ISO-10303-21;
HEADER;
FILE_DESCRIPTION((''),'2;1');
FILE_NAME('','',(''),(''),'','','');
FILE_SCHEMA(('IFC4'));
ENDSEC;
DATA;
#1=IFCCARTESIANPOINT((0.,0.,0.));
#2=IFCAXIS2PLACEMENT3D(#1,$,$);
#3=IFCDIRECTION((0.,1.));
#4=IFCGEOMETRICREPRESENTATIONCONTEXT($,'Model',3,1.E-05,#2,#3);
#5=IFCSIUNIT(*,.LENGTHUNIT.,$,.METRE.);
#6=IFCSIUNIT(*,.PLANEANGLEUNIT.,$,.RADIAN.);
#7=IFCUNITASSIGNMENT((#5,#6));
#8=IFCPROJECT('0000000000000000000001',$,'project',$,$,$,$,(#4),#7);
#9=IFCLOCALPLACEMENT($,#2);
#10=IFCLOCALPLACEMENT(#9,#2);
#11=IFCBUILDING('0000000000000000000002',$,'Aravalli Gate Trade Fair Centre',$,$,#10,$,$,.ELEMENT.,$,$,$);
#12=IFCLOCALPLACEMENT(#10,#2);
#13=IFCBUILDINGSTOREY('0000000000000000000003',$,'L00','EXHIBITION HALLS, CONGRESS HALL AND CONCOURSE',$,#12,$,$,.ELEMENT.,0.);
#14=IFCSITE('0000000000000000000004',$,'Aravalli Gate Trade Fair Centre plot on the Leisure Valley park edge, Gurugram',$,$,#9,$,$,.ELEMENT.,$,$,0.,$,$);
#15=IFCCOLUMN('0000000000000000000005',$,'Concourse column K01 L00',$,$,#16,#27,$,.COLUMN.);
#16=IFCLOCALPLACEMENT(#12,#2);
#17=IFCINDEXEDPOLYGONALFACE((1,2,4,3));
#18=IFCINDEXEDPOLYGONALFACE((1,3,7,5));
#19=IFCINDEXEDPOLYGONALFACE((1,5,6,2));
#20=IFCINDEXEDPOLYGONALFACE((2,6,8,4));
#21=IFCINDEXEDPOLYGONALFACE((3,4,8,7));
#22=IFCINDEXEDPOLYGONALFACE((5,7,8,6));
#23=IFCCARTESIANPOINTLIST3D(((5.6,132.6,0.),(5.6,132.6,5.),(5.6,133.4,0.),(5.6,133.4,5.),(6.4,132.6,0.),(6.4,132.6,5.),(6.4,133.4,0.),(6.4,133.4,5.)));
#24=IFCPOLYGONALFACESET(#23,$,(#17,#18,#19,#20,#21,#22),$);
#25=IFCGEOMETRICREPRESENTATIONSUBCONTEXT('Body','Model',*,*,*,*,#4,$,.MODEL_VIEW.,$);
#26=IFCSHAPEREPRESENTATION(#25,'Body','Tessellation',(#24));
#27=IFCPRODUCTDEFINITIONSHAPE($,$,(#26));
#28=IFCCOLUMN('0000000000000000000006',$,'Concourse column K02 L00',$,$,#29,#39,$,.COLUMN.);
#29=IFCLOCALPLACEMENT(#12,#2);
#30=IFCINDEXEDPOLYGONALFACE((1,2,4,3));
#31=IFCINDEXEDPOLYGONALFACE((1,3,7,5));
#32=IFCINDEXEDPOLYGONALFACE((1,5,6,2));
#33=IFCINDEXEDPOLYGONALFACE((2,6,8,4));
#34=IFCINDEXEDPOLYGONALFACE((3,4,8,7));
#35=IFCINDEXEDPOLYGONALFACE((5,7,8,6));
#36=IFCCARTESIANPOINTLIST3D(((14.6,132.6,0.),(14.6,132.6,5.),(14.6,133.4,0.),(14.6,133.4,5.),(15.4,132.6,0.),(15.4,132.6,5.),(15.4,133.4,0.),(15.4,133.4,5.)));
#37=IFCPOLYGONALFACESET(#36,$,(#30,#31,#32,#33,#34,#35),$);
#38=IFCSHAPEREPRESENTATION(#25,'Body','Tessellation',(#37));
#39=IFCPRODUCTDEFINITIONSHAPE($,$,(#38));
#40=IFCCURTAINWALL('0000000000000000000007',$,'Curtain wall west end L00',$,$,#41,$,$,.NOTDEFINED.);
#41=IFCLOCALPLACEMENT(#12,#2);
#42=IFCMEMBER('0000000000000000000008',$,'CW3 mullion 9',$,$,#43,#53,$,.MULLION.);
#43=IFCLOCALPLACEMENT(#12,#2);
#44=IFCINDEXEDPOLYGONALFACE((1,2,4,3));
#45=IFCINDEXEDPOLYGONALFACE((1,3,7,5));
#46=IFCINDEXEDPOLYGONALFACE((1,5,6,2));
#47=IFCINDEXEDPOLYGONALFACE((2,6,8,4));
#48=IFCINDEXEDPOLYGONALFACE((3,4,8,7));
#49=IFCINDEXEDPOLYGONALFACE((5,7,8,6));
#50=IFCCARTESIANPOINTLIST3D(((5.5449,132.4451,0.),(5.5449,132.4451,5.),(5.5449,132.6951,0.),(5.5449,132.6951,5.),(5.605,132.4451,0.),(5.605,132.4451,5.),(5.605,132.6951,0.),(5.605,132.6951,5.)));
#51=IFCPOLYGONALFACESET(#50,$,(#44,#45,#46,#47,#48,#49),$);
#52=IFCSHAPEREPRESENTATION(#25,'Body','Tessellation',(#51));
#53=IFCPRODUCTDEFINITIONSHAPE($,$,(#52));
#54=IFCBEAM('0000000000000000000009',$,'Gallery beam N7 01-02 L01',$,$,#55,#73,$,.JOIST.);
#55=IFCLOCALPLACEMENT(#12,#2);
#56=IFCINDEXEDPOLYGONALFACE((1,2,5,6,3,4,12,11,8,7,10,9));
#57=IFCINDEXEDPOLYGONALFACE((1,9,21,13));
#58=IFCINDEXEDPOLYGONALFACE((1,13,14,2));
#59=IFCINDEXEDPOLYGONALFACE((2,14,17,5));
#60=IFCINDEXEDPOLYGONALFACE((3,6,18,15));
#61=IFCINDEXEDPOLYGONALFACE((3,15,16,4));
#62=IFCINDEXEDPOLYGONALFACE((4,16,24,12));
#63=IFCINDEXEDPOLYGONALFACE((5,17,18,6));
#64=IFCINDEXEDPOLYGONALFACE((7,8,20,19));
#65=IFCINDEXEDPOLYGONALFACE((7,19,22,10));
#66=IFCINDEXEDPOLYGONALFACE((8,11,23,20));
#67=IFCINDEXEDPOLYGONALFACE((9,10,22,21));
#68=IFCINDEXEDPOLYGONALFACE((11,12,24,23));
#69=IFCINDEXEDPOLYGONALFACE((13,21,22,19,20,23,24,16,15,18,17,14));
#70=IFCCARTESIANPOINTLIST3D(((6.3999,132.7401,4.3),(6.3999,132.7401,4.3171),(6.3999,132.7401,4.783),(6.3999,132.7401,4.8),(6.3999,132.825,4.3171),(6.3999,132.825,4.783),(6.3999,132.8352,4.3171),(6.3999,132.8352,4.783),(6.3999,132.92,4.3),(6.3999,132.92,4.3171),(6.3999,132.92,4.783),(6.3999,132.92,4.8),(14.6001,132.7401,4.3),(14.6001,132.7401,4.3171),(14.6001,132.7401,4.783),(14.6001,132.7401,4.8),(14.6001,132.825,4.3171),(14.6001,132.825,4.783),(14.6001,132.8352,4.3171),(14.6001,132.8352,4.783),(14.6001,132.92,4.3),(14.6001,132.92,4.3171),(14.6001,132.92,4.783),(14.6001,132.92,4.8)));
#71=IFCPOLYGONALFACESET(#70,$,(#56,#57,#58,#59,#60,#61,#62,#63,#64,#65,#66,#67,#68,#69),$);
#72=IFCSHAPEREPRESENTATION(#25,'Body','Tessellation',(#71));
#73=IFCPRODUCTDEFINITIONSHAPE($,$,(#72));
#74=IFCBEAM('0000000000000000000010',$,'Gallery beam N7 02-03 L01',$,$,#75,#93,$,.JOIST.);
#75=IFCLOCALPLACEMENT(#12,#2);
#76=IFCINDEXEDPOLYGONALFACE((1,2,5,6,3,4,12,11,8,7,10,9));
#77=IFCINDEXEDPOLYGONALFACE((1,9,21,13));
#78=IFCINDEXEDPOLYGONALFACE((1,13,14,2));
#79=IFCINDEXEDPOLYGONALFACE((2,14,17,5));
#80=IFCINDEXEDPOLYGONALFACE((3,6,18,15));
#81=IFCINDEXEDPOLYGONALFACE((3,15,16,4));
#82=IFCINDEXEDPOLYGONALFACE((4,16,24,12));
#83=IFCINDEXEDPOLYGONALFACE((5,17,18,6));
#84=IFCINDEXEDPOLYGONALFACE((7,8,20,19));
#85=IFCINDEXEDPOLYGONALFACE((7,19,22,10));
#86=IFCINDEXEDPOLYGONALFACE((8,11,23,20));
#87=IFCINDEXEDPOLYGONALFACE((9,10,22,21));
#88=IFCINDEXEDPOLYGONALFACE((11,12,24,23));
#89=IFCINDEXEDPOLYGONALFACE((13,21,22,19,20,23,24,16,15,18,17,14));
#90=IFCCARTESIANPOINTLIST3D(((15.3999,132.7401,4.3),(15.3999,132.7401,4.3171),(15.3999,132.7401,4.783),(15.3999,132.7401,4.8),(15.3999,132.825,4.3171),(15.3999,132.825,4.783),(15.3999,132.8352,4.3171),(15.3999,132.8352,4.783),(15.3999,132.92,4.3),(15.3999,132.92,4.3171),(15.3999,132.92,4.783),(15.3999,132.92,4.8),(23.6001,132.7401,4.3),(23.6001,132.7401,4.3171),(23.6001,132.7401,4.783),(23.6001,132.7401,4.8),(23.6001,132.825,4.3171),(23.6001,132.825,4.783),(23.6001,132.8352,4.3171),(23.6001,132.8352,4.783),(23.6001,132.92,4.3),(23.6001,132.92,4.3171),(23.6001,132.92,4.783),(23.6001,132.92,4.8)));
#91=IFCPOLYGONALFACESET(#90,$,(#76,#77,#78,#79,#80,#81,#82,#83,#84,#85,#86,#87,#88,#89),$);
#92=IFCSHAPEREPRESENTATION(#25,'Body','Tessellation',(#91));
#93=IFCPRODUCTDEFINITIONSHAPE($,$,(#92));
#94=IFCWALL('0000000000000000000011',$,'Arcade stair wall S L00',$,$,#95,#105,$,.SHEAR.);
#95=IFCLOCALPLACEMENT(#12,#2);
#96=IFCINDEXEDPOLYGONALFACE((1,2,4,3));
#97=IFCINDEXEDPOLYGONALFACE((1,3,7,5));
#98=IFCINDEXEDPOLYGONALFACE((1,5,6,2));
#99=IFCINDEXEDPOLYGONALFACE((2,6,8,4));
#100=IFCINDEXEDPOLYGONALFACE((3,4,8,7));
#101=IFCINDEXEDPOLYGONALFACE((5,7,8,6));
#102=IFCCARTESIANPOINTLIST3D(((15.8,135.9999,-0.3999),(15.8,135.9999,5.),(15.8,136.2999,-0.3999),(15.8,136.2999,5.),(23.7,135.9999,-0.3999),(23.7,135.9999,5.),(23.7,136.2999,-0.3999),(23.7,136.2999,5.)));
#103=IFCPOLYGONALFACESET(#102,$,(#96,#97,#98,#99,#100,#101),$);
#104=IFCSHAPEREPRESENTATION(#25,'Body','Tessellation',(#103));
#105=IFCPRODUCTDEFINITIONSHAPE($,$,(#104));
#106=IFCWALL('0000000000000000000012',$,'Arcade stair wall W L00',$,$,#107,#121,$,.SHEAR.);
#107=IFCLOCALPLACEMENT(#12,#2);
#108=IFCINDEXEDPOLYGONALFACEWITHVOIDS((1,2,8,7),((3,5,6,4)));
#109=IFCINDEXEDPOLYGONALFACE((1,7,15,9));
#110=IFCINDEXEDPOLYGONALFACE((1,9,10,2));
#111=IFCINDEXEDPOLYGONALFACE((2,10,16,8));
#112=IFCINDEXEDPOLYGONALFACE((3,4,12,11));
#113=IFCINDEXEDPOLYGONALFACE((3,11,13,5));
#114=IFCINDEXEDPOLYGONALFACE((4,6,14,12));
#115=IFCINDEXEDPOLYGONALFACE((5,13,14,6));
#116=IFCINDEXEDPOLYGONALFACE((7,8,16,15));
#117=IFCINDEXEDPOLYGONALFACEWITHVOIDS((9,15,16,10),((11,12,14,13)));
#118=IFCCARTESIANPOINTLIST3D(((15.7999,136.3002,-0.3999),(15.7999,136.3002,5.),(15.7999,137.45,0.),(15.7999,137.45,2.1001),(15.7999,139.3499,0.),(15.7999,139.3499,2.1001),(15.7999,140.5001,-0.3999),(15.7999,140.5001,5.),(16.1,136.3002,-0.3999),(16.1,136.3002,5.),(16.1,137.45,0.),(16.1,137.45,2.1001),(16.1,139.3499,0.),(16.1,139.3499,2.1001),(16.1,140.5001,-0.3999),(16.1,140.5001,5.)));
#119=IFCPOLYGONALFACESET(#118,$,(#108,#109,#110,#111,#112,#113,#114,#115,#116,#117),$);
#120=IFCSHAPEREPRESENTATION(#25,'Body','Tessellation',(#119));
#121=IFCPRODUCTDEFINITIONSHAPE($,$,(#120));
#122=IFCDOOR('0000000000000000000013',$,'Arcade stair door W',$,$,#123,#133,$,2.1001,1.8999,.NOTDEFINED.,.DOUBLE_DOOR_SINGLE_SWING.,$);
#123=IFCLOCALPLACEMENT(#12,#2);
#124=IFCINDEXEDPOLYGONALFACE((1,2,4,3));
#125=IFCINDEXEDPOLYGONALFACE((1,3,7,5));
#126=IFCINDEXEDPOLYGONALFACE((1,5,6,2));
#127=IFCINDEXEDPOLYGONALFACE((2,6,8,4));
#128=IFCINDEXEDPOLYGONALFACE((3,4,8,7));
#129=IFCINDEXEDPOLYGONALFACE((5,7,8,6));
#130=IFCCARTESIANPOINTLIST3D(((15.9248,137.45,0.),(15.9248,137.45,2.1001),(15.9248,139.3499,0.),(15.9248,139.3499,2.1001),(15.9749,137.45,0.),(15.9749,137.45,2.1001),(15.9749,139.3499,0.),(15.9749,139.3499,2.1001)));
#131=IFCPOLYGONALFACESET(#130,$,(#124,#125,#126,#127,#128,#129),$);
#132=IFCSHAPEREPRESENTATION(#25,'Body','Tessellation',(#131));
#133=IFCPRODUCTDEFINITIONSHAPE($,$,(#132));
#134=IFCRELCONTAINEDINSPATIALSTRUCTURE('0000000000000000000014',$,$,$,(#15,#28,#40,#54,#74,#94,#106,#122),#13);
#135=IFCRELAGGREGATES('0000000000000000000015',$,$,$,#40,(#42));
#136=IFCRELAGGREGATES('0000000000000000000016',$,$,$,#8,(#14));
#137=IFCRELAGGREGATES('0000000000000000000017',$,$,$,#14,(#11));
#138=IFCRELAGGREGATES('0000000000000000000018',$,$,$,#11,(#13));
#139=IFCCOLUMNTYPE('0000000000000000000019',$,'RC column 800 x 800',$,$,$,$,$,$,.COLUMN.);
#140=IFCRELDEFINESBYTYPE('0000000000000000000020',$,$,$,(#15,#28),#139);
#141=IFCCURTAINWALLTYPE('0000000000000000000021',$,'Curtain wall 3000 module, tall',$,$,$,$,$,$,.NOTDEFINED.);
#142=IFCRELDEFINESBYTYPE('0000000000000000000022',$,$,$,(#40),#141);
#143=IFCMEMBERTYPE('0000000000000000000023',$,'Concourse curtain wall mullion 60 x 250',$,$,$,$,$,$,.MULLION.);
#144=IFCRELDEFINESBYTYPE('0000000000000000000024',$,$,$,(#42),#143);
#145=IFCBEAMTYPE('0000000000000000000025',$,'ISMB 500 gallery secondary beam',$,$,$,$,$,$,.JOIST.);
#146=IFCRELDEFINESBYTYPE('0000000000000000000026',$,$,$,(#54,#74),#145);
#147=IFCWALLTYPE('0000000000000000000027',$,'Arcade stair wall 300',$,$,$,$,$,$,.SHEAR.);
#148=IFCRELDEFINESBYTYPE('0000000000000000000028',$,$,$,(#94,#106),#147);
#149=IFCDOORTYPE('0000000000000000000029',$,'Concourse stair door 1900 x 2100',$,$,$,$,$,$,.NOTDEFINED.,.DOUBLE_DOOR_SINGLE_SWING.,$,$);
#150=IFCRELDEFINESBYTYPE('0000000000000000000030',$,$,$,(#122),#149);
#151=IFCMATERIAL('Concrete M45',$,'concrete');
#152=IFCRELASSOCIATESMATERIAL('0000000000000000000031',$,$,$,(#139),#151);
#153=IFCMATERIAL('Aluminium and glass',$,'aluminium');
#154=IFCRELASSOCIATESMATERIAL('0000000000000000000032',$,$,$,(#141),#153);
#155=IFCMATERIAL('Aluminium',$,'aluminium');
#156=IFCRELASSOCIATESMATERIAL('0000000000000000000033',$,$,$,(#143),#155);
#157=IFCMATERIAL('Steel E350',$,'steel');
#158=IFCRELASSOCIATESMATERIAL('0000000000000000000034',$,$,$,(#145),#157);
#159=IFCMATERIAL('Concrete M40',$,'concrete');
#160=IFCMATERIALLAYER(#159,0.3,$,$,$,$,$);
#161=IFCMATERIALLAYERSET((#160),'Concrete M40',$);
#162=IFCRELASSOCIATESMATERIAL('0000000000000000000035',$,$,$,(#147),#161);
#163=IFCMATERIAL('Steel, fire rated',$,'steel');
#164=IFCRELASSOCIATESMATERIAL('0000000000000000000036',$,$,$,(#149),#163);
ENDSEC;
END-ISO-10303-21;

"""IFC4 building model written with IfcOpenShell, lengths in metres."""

from ifc_helpers import new_model, si_unit, direction, frame, frame_2d, origin, origin_2d, place, context, subcontext, project, spatial, rectangle, i_section, extrude, material, layer, layer_set, material_profile, profile_set, type_object, element, fill, aggregate, save


model = new_model("IFC4")

# Units and contexts
model_context = context("Model", 3, precision=1e-05, world=origin(), true_north=direction((0.0, 1.0)))
body_context = subcontext(model_context, "Body", "Model", "MODEL_VIEW")
ifc_project = project(units=[si_unit("LENGTHUNIT", "METRE"), si_unit("PLANEANGLEUNIT", "RADIAN")], contexts=[model_context])

# Site, building, storey
site_placement = place(None, origin())
site = spatial("IfcSite", under=ifc_project, at=site_placement, Name="Aravalli Gate Trade Fair Centre plot on the Leisure Valley park edge, Gurugram", CompositionType="ELEMENT", RefElevation=0.0)
building_placement = place(site_placement, origin())
building = spatial("IfcBuilding", under=site, at=building_placement, Name="Aravalli Gate Trade Fair Centre", CompositionType="ELEMENT")
storey_placement = place(building_placement, origin())
storey = spatial("IfcBuildingStorey", under=building, at=storey_placement, Name="L00", Description="EXHIBITION HALLS, CONGRESS HALL AND CONCOURSE", CompositionType="ELEMENT", Elevation=0.0)

# Columns
ifc_material_1 = material(Name="Concrete M45", Category="concrete")
ifc_material_profile_1 = material_profile(ifc_material_1, rectangle(XDim=0.8, YDim=0.8, at=origin_2d()), Name="RC column 800 x 800")
ifc_profile_set_1 = profile_set([ifc_material_profile_1], Name="Concrete M45")
column_type = type_object("IfcColumnType", Name="RC column 800 x 800", PredefinedType="COLUMN", material=ifc_profile_set_1)
for number, where, z_axis, x_axis, name in (
    (1, (6.0, 133.0, 0.0), (0.0, 0.0, 1.0), (1.0, 0.0, 0.0), "Concourse column K01 L00"),
    (2, (15.0, 133.0, 0.0), (0.0, 0.0, 1.0), (1.0, 0.0, 0.0), "Concourse column K02 L00"),
):
    element("IfcColumn", number, at=place(storey_placement, frame(where, z_axis=z_axis, x_axis=x_axis)), inside=storey, type_object=column_type, Name=name, PredefinedType="COLUMN", context=body_context, shape_type="SweptSolid", body=[
        extrude(rectangle(XDim=0.8, YDim=0.8, at=origin_2d()), origin(), (0.0, 0.0, 1.0), 5.0),
    ])

# Curtain wall, member
ifc_material_2 = material(Name="Aluminium and glass", Category="aluminium")
curtain_wall_type = type_object("IfcCurtainWallType", Name="Curtain wall 3000 module, tall", PredefinedType="NOTDEFINED", material=ifc_material_2)
curtain_wall_placement = place(storey_placement, origin())
curtain_wall = element("IfcCurtainWall", 3, at=curtain_wall_placement, inside=storey, type_object=curtain_wall_type, Name="Curtain wall west end L00", PredefinedType="NOTDEFINED")
ifc_material_3 = material(Name="Aluminium", Category="aluminium")
ifc_material_profile_2 = material_profile(ifc_material_3, rectangle(XDim=0.0601, YDim=0.25, at=origin_2d()), Name="Concourse curtain wall mullion 60 x 250")
ifc_profile_set_2 = profile_set([ifc_material_profile_2], Name="Aluminium")
member_type = type_object("IfcMemberType", Name="Concourse curtain wall mullion 60 x 250", PredefinedType="MULLION", material=ifc_profile_set_2)
member_placement = place(storey_placement, frame((5.575, 132.5701, 0.0), z_axis=(0.0, 0.0, 1.0), x_axis=(-1.0, 0.0, 0.0)))
member = element("IfcMember", 4, at=member_placement, type_object=member_type, Name="CW3 mullion 9", PredefinedType="MULLION", context=body_context, shape_type="SweptSolid", body=[
    extrude(rectangle(XDim=0.0601, YDim=0.25, at=origin_2d()), origin(), (0.0, 0.0, 1.0), 5.0),
])
aggregate(curtain_wall, [member])

# Beams
ifc_material_4 = material(Name="Steel E350", Category="steel")
ifc_material_profile_3 = material_profile(ifc_material_4, i_section(OverallWidth=0.1799, OverallDepth=0.5, WebThickness=0.0103, FlangeThickness=0.0171, at=origin_2d()), Name="ISMB 500")
ifc_profile_set_3 = profile_set([ifc_material_profile_3], Name="Steel E350")
beam_type = type_object("IfcBeamType", Name="ISMB 500 gallery secondary beam", PredefinedType="JOIST", material=ifc_profile_set_3)
for number, where, z_axis, x_axis, name in (
    (5, (6.3999, 132.8301, 4.55), (1.0, 0.0, 0.0), (0.0, 1.0, 0.0), "Gallery beam N7 01-02 L01"),
    (6, (15.3999, 132.8301, 4.55), (1.0, 0.0, 0.0), (0.0, 1.0, 0.0), "Gallery beam N7 02-03 L01"),
):
    element("IfcBeam", number, at=place(storey_placement, frame(where, z_axis=z_axis, x_axis=x_axis)), inside=storey, type_object=beam_type, Name=name, PredefinedType="JOIST", context=body_context, shape_type="SweptSolid", body=[
        extrude(i_section(OverallWidth=0.1799, OverallDepth=0.5, WebThickness=0.0103, FlangeThickness=0.0171, at=origin_2d()), origin(), (0.0, 0.0, 1.0), 8.2002),
    ])

# Wall
ifc_material_5 = material(Name="Concrete M40", Category="concrete")
ifc_layer_1 = layer(ifc_material_5, 0.3)
ifc_layer_set_1 = layer_set([ifc_layer_1], Name="Concrete M40")
wall_type_1 = type_object("IfcWallType", Name="Arcade stair wall 300", PredefinedType="SHEAR", material=ifc_layer_set_1)
wall_1_placement = place(storey_placement, frame((15.8, 136.1499, -0.3999), z_axis=(0.0, 0.0, 1.0), x_axis=(1.0, 0.0, 0.0)))
element("IfcWall", 7, at=wall_1_placement, inside=storey, type_object=wall_type_1, Name="Arcade stair wall S L00", PredefinedType="SHEAR", context=body_context, shape_type="SweptSolid", body=[
    extrude(rectangle(XDim=7.8999, YDim=0.3, at=frame_2d((3.95, 0.0))), origin(), (0.0, 0.0, 1.0), 5.3999),
])

# Wall, opening, door
wall_2_placement = place(storey_placement, frame((15.95, 136.3, -0.3999), z_axis=(0.0, 0.0, 1.0), x_axis=(0.0, 1.0, 0.0)))
wall_2 = element("IfcWall", 8, at=wall_2_placement, inside=storey, type_object=wall_type_1, Name="Arcade stair wall W L00", PredefinedType="SHEAR", context=body_context, shape_type="SweptSolid", body=[
    extrude(rectangle(XDim=4.2, YDim=0.3, at=frame_2d((2.1001, 0.0))), origin(), (0.0, 0.0, 1.0), 5.3999),
])
opening_1_placement = place(wall_2_placement, frame((1.1499, 0.0, 0.3999)))
opening_1 = element("IfcOpeningElement", 9, at=opening_1_placement, cuts=wall_2, PredefinedType="OPENING", context=body_context, shape_type="SweptSolid", body=[
    extrude(rectangle(XDim=1.8999, YDim=2.1001, at=frame_2d((0.95, 1.05))), frame((0.0, 0.1599, 0.0), z_axis=(0.0, -1.0, 0.0), x_axis=(1.0, 0.0, 0.0)), (0.0, 0.0, 1.0), 0.3201),
])
ifc_material_6 = material(Name="Steel, fire rated", Category="steel")
door_type_1 = type_object("IfcDoorType", Name="Concourse stair door 1900 x 2100", OperationType="DOUBLE_DOOR_SINGLE_SWING", PredefinedType="NOTDEFINED", material=ifc_material_6)
door_1_placement = place(opening_1_placement, frame((1.8999, 0.0, 0.0), z_axis=(0.0, 0.0, 1.0), x_axis=(-1.0, 0.0, 0.0)))
door_1 = element("IfcDoor", 10, at=door_1_placement, inside=storey, type_object=door_type_1, Name="Arcade stair door W", OperationType="DOUBLE_DOOR_SINGLE_SWING", OverallHeight=2.1001, OverallWidth=1.8999, PredefinedType="NOTDEFINED", context=body_context, shape_type="SweptSolid", body=[
    extrude(rectangle(XDim=1.8999, YDim=2.1001, at=frame_2d((0.95, 1.05))), frame((0.0, 0.0249, 0.0), z_axis=(0.0, -1.0, 0.0), x_axis=(1.0, 0.0, 0.0)), (0.0, 0.0, 1.0), 0.05),
])
fill(opening_1, door_1)

save(model, "model.ifc")
